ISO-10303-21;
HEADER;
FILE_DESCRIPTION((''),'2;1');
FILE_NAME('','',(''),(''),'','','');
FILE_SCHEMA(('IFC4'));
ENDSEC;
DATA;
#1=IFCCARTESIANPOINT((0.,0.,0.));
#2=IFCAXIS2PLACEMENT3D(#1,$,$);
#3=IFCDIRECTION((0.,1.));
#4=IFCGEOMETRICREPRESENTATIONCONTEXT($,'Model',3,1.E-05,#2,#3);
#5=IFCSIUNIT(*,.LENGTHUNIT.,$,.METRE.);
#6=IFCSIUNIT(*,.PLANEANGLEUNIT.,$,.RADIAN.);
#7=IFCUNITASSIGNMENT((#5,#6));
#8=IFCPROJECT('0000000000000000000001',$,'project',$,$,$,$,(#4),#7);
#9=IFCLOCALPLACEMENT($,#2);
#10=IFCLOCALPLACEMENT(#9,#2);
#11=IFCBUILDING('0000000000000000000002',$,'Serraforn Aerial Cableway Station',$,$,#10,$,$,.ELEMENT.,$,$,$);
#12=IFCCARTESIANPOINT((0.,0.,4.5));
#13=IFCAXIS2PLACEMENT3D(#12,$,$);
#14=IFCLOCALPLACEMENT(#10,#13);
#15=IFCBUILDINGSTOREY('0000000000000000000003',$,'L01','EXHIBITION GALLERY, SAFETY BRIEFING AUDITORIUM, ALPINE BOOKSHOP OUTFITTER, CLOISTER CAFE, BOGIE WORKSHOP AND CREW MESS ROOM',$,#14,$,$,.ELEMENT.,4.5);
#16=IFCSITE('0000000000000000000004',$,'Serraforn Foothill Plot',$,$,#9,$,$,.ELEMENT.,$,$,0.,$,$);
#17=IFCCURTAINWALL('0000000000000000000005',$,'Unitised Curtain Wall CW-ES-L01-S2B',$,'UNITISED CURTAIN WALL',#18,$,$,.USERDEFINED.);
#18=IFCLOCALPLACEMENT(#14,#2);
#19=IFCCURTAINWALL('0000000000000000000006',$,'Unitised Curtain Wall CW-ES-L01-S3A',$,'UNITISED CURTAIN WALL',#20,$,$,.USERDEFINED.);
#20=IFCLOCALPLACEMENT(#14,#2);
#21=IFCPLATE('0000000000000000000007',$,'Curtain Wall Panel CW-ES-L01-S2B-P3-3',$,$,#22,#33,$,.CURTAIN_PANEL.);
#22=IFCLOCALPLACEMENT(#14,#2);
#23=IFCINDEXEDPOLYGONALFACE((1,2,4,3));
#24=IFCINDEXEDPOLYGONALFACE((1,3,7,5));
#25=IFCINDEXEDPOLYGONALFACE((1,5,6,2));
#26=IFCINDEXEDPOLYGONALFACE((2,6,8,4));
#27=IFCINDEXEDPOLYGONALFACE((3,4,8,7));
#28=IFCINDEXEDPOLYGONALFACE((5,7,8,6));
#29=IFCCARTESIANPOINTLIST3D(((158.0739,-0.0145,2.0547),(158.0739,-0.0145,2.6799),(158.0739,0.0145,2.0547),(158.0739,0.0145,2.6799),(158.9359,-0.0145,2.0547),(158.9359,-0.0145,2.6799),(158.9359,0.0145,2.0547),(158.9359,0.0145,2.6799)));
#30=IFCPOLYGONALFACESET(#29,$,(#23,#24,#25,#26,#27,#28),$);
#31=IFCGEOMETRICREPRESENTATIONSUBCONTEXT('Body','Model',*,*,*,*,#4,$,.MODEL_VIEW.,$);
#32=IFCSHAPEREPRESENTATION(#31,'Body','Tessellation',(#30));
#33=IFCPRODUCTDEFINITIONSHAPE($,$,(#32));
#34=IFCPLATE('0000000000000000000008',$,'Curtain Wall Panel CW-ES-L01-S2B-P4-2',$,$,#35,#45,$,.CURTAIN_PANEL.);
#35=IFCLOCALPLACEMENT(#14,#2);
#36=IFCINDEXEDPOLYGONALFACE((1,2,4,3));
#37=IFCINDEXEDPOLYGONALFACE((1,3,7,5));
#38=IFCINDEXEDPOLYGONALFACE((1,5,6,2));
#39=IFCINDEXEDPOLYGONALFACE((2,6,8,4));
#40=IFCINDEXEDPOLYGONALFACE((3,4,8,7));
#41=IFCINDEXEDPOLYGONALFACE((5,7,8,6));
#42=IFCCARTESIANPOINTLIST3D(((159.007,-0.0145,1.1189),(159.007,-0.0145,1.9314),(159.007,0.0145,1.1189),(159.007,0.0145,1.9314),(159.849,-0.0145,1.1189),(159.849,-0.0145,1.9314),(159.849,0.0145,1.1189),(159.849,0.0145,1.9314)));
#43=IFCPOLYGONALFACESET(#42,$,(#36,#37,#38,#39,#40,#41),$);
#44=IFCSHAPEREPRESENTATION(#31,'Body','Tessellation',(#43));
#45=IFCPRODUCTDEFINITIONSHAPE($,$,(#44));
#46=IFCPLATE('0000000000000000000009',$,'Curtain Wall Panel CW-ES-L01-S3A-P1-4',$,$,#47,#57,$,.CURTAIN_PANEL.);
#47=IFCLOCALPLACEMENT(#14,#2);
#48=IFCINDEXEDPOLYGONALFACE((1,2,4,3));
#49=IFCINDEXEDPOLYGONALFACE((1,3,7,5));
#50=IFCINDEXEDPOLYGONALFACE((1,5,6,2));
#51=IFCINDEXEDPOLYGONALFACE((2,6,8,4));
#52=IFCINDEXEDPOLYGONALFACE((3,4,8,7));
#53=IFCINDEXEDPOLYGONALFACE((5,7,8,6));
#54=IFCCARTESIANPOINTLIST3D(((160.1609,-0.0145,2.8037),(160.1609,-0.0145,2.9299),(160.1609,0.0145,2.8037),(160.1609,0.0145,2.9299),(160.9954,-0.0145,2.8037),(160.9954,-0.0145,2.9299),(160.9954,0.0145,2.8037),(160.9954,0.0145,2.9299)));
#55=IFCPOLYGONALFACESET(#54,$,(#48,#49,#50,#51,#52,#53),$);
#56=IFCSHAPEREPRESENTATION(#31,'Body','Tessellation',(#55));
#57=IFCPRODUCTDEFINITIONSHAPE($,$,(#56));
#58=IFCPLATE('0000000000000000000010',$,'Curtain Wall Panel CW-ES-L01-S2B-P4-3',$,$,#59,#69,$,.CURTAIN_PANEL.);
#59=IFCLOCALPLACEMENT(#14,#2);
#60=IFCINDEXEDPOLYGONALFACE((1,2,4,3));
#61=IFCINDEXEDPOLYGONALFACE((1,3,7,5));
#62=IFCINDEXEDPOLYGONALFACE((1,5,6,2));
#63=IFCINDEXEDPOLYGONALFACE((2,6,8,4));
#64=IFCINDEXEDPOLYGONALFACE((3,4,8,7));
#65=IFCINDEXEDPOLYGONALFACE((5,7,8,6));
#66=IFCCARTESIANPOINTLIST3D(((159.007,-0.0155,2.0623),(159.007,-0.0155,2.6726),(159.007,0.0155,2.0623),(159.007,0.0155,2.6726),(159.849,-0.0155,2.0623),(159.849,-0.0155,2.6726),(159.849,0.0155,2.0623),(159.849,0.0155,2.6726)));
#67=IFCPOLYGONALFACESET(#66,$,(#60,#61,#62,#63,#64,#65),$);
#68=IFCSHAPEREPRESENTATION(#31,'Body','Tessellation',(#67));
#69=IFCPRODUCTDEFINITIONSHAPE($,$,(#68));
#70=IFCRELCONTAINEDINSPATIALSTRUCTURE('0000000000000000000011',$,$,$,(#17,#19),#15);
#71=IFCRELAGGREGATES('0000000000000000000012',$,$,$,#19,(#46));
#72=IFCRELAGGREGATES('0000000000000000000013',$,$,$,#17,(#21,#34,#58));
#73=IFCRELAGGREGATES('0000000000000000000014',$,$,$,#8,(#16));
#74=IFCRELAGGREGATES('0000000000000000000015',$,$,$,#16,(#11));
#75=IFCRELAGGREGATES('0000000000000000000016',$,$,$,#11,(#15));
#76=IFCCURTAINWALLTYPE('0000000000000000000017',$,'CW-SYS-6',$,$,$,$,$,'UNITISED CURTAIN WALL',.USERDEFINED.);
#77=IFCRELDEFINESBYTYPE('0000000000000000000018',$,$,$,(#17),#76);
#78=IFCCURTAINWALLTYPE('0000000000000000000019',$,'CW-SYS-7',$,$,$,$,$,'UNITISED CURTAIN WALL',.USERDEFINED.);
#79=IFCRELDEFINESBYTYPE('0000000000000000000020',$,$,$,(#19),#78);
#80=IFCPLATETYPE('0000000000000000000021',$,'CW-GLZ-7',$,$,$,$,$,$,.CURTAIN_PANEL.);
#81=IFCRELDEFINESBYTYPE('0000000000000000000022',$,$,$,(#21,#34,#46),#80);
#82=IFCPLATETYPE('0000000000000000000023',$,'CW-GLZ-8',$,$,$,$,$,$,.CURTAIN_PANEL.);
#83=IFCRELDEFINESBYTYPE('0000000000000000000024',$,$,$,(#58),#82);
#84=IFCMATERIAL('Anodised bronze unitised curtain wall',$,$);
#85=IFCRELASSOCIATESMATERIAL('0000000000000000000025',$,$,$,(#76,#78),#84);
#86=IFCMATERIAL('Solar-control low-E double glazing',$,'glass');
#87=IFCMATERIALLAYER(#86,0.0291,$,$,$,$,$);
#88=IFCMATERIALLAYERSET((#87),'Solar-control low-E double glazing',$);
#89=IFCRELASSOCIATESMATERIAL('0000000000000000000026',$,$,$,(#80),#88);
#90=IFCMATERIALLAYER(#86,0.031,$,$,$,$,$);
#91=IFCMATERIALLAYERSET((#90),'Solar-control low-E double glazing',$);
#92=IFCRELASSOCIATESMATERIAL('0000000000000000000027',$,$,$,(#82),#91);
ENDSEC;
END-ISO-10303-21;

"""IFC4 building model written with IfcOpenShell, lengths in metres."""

from ifc_helpers import new_model, si_unit, direction, frame, origin, origin_2d, place, context, subcontext, project, spatial, rectangle, extrude, material, layer, layer_set, type_object, element, aggregate, save


model = new_model("IFC4")

# Units and contexts
model_context = context("Model", 3, precision=1e-05, world=origin(), true_north=direction((0.0, 1.0)))
body_context = subcontext(model_context, "Body", "Model", "MODEL_VIEW")
ifc_project = project(units=[si_unit("LENGTHUNIT", "METRE"), si_unit("PLANEANGLEUNIT", "RADIAN")], contexts=[model_context])

# Site, building, storey
site_placement = place(None, origin())
site = spatial("IfcSite", under=ifc_project, at=site_placement, Name="Serraforn Foothill Plot", CompositionType="ELEMENT", RefElevation=0.0)
building_placement = place(site_placement, origin())
building = spatial("IfcBuilding", under=site, at=building_placement, Name="Serraforn Aerial Cableway Station", CompositionType="ELEMENT")
storey_placement = place(building_placement, frame((0.0, 0.0, 4.5)))
storey = spatial("IfcBuildingStorey", under=building, at=storey_placement, Name="L01", Description="EXHIBITION GALLERY, SAFETY BRIEFING AUDITORIUM, ALPINE BOOKSHOP OUTFITTER, CLOISTER CAFE, BOGIE WORKSHOP AND CREW MESS ROOM", CompositionType="ELEMENT", Elevation=4.5)

# Curtain wall
ifc_material_1 = material(Name="Anodised bronze unitised curtain wall")
curtain_wall_type_1 = type_object("IfcCurtainWallType", Name="CW-SYS-6", ElementType="UNITISED CURTAIN WALL", PredefinedType="USERDEFINED", material=ifc_material_1)
curtain_wall_1_placement = place(storey_placement, origin())
curtain_wall_1 = element("IfcCurtainWall", 1, at=curtain_wall_1_placement, inside=storey, type_object=curtain_wall_type_1, Name="Unitised Curtain Wall CW-ES-L01-S2B", ObjectType="UNITISED CURTAIN WALL", PredefinedType="USERDEFINED")

# Curtain wall
curtain_wall_type_2 = type_object("IfcCurtainWallType", Name="CW-SYS-7", ElementType="UNITISED CURTAIN WALL", PredefinedType="USERDEFINED", material=ifc_material_1)
curtain_wall_2_placement = place(storey_placement, origin())
curtain_wall_2 = element("IfcCurtainWall", 2, at=curtain_wall_2_placement, inside=storey, type_object=curtain_wall_type_2, Name="Unitised Curtain Wall CW-ES-L01-S3A", ObjectType="UNITISED CURTAIN WALL", PredefinedType="USERDEFINED")

# Plates
ifc_material_2 = material(Name="Solar-control low-E double glazing", Category="glass")
ifc_layer_1 = layer(ifc_material_2, 0.0291)
ifc_layer_set_1 = layer_set([ifc_layer_1], Name="Solar-control low-E double glazing")
plate_type_1 = type_object("IfcPlateType", Name="CW-GLZ-7", PredefinedType="CURTAIN_PANEL", material=ifc_layer_set_1)
plate_1_placement = place(storey_placement, frame((158.5049, 0.0, 2.0547), z_axis=(0.0, 0.0, 1.0), x_axis=(1.0, 0.0, 0.0)))
plate_1 = element("IfcPlate", 3, at=plate_1_placement, type_object=plate_type_1, Name="Curtain Wall Panel CW-ES-L01-S2B-P3-3", PredefinedType="CURTAIN_PANEL", context=body_context, shape_type="SweptSolid", body=[
    extrude(rectangle(XDim=0.8621, YDim=0.0291, at=origin_2d()), origin(), (0.0, 0.0, 1.0), 0.6252),
])
plate_2_placement = place(storey_placement, frame((159.428, 0.0, 1.1189), z_axis=(0.0, 0.0, 1.0), x_axis=(1.0, 0.0, 0.0)))
plate_2 = element("IfcPlate", 4, at=plate_2_placement, type_object=plate_type_1, Name="Curtain Wall Panel CW-ES-L01-S2B-P4-2", PredefinedType="CURTAIN_PANEL", context=body_context, shape_type="SweptSolid", body=[
    extrude(rectangle(XDim=0.842, YDim=0.0291, at=origin_2d()), origin(), (0.0, 0.0, 1.0), 0.8125),
])
plate_3_placement = place(storey_placement, frame((160.5781, 0.0, 2.8037), z_axis=(0.0, 0.0, 1.0), x_axis=(1.0, 0.0, 0.0)))
plate_3 = element("IfcPlate", 5, at=plate_3_placement, type_object=plate_type_1, Name="Curtain Wall Panel CW-ES-L01-S3A-P1-4", PredefinedType="CURTAIN_PANEL", context=body_context, shape_type="SweptSolid", body=[
    extrude(rectangle(XDim=0.8345, YDim=0.0291, at=origin_2d()), origin(), (0.0, 0.0, 1.0), 0.1262),
])
aggregate(curtain_wall_2, [plate_3])
ifc_layer_2 = layer(ifc_material_2, 0.031)
ifc_layer_set_2 = layer_set([ifc_layer_2], Name="Solar-control low-E double glazing")
plate_type_2 = type_object("IfcPlateType", Name="CW-GLZ-8", PredefinedType="CURTAIN_PANEL", material=ifc_layer_set_2)
plate_4_placement = place(storey_placement, frame((159.428, 0.0, 2.0623), z_axis=(0.0, 0.0, 1.0), x_axis=(1.0, 0.0, 0.0)))
plate_4 = element("IfcPlate", 6, at=plate_4_placement, type_object=plate_type_2, Name="Curtain Wall Panel CW-ES-L01-S2B-P4-3", PredefinedType="CURTAIN_PANEL", context=body_context, shape_type="SweptSolid", body=[
    extrude(rectangle(XDim=0.842, YDim=0.031, at=origin_2d()), origin(), (0.0, 0.0, 1.0), 0.6104),
])
aggregate(curtain_wall_1, [plate_1, plate_2, plate_4])

save(model, "model.ifc")
